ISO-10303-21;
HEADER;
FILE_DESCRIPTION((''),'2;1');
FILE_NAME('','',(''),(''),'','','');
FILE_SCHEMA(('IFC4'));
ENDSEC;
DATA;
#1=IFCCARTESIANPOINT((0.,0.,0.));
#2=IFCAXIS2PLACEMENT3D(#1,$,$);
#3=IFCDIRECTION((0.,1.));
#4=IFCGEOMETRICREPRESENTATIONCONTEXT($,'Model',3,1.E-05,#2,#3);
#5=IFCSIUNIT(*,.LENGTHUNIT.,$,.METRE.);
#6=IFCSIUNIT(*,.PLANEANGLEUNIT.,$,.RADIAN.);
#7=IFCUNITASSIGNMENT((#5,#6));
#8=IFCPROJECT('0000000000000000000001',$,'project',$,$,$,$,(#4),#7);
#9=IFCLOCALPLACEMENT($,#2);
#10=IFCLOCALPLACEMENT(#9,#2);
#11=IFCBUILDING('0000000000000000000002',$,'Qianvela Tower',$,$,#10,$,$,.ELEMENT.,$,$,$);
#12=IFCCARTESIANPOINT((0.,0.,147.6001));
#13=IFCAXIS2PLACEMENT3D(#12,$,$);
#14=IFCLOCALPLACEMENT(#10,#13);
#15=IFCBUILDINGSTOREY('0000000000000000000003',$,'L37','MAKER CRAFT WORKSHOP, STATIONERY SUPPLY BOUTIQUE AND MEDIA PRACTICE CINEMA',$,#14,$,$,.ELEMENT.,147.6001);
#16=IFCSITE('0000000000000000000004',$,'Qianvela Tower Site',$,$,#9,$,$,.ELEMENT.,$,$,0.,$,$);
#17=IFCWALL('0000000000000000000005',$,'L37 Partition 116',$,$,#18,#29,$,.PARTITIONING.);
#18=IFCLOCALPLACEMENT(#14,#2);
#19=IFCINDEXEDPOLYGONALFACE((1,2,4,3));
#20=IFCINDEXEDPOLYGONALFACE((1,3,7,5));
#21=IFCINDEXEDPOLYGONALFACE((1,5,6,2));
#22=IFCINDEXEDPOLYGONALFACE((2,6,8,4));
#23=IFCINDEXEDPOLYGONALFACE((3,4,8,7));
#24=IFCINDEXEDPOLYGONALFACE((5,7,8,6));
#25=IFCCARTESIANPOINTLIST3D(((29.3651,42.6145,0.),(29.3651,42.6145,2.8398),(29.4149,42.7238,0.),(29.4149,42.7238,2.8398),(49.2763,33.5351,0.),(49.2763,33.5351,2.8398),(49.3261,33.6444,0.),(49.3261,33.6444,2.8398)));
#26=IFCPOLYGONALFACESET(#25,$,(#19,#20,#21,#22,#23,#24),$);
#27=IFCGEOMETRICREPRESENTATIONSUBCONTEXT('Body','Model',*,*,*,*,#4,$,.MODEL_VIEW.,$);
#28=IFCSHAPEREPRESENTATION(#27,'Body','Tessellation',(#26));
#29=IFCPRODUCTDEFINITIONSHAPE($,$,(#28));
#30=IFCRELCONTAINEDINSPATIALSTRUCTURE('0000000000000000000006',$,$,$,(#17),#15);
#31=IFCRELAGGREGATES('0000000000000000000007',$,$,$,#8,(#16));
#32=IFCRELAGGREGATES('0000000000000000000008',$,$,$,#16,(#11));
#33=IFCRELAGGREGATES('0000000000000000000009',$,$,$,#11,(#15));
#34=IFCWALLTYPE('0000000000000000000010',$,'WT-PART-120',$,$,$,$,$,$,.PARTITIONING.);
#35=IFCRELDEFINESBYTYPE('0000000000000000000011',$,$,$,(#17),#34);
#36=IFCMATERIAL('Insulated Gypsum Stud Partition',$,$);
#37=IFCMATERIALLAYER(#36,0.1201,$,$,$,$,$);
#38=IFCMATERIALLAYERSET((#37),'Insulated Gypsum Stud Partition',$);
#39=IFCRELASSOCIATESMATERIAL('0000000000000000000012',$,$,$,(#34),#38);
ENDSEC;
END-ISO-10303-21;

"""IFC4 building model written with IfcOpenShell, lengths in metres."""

from ifc_helpers import new_model, si_unit, direction, frame, frame_2d, origin, place, context, subcontext, project, spatial, rectangle, extrude, material, layer, layer_set, type_object, element, save


model = new_model("IFC4")

# Units and contexts
model_context = context("Model", 3, precision=1e-05, world=origin(), true_north=direction((0.0, 1.0)))
body_context = subcontext(model_context, "Body", "Model", "MODEL_VIEW")
ifc_project = project(units=[si_unit("LENGTHUNIT", "METRE"), si_unit("PLANEANGLEUNIT", "RADIAN")], contexts=[model_context])

# Site, building, storey
site_placement = place(None, origin())
site = spatial("IfcSite", under=ifc_project, at=site_placement, Name="Qianvela Tower Site", CompositionType="ELEMENT", RefElevation=0.0)
building_placement = place(site_placement, origin())
building = spatial("IfcBuilding", under=site, at=building_placement, Name="Qianvela Tower", CompositionType="ELEMENT")
storey_placement = place(building_placement, frame((0.0, 0.0, 147.6001)))
storey = spatial("IfcBuildingStorey", under=building, at=storey_placement, Name="L37", Description="MAKER CRAFT WORKSHOP, STATIONERY SUPPLY BOUTIQUE AND MEDIA PRACTICE CINEMA", CompositionType="ELEMENT", Elevation=147.6001)

# Wall
ifc_material_1 = material(Name="Insulated Gypsum Stud Partition")
ifc_layer_1 = layer(ifc_material_1, 0.1201)
ifc_layer_set_1 = layer_set([ifc_layer_1], Name="Insulated Gypsum Stud Partition")
wall_type_1 = type_object("IfcWallType", Name="WT-PART-120", PredefinedType="PARTITIONING", material=ifc_layer_set_1)
wall_1_placement = place(storey_placement, frame((29.3899, 42.6692, 0.0), z_axis=(0.0, 0.0, 1.0), x_axis=(0.90987, -0.414895, 0.0)))
element("IfcWall", 1, at=wall_1_placement, inside=storey, type_object=wall_type_1, Name="L37 Partition 116", PredefinedType="PARTITIONING", context=body_context, shape_type="SweptSolid", body=[
    extrude(rectangle(XDim=21.8835, YDim=0.1201, at=frame_2d((10.9419, 0.0))), origin(), (0.0, 0.0, 1.0), 2.8398),
])

save(model, "model.ifc")
